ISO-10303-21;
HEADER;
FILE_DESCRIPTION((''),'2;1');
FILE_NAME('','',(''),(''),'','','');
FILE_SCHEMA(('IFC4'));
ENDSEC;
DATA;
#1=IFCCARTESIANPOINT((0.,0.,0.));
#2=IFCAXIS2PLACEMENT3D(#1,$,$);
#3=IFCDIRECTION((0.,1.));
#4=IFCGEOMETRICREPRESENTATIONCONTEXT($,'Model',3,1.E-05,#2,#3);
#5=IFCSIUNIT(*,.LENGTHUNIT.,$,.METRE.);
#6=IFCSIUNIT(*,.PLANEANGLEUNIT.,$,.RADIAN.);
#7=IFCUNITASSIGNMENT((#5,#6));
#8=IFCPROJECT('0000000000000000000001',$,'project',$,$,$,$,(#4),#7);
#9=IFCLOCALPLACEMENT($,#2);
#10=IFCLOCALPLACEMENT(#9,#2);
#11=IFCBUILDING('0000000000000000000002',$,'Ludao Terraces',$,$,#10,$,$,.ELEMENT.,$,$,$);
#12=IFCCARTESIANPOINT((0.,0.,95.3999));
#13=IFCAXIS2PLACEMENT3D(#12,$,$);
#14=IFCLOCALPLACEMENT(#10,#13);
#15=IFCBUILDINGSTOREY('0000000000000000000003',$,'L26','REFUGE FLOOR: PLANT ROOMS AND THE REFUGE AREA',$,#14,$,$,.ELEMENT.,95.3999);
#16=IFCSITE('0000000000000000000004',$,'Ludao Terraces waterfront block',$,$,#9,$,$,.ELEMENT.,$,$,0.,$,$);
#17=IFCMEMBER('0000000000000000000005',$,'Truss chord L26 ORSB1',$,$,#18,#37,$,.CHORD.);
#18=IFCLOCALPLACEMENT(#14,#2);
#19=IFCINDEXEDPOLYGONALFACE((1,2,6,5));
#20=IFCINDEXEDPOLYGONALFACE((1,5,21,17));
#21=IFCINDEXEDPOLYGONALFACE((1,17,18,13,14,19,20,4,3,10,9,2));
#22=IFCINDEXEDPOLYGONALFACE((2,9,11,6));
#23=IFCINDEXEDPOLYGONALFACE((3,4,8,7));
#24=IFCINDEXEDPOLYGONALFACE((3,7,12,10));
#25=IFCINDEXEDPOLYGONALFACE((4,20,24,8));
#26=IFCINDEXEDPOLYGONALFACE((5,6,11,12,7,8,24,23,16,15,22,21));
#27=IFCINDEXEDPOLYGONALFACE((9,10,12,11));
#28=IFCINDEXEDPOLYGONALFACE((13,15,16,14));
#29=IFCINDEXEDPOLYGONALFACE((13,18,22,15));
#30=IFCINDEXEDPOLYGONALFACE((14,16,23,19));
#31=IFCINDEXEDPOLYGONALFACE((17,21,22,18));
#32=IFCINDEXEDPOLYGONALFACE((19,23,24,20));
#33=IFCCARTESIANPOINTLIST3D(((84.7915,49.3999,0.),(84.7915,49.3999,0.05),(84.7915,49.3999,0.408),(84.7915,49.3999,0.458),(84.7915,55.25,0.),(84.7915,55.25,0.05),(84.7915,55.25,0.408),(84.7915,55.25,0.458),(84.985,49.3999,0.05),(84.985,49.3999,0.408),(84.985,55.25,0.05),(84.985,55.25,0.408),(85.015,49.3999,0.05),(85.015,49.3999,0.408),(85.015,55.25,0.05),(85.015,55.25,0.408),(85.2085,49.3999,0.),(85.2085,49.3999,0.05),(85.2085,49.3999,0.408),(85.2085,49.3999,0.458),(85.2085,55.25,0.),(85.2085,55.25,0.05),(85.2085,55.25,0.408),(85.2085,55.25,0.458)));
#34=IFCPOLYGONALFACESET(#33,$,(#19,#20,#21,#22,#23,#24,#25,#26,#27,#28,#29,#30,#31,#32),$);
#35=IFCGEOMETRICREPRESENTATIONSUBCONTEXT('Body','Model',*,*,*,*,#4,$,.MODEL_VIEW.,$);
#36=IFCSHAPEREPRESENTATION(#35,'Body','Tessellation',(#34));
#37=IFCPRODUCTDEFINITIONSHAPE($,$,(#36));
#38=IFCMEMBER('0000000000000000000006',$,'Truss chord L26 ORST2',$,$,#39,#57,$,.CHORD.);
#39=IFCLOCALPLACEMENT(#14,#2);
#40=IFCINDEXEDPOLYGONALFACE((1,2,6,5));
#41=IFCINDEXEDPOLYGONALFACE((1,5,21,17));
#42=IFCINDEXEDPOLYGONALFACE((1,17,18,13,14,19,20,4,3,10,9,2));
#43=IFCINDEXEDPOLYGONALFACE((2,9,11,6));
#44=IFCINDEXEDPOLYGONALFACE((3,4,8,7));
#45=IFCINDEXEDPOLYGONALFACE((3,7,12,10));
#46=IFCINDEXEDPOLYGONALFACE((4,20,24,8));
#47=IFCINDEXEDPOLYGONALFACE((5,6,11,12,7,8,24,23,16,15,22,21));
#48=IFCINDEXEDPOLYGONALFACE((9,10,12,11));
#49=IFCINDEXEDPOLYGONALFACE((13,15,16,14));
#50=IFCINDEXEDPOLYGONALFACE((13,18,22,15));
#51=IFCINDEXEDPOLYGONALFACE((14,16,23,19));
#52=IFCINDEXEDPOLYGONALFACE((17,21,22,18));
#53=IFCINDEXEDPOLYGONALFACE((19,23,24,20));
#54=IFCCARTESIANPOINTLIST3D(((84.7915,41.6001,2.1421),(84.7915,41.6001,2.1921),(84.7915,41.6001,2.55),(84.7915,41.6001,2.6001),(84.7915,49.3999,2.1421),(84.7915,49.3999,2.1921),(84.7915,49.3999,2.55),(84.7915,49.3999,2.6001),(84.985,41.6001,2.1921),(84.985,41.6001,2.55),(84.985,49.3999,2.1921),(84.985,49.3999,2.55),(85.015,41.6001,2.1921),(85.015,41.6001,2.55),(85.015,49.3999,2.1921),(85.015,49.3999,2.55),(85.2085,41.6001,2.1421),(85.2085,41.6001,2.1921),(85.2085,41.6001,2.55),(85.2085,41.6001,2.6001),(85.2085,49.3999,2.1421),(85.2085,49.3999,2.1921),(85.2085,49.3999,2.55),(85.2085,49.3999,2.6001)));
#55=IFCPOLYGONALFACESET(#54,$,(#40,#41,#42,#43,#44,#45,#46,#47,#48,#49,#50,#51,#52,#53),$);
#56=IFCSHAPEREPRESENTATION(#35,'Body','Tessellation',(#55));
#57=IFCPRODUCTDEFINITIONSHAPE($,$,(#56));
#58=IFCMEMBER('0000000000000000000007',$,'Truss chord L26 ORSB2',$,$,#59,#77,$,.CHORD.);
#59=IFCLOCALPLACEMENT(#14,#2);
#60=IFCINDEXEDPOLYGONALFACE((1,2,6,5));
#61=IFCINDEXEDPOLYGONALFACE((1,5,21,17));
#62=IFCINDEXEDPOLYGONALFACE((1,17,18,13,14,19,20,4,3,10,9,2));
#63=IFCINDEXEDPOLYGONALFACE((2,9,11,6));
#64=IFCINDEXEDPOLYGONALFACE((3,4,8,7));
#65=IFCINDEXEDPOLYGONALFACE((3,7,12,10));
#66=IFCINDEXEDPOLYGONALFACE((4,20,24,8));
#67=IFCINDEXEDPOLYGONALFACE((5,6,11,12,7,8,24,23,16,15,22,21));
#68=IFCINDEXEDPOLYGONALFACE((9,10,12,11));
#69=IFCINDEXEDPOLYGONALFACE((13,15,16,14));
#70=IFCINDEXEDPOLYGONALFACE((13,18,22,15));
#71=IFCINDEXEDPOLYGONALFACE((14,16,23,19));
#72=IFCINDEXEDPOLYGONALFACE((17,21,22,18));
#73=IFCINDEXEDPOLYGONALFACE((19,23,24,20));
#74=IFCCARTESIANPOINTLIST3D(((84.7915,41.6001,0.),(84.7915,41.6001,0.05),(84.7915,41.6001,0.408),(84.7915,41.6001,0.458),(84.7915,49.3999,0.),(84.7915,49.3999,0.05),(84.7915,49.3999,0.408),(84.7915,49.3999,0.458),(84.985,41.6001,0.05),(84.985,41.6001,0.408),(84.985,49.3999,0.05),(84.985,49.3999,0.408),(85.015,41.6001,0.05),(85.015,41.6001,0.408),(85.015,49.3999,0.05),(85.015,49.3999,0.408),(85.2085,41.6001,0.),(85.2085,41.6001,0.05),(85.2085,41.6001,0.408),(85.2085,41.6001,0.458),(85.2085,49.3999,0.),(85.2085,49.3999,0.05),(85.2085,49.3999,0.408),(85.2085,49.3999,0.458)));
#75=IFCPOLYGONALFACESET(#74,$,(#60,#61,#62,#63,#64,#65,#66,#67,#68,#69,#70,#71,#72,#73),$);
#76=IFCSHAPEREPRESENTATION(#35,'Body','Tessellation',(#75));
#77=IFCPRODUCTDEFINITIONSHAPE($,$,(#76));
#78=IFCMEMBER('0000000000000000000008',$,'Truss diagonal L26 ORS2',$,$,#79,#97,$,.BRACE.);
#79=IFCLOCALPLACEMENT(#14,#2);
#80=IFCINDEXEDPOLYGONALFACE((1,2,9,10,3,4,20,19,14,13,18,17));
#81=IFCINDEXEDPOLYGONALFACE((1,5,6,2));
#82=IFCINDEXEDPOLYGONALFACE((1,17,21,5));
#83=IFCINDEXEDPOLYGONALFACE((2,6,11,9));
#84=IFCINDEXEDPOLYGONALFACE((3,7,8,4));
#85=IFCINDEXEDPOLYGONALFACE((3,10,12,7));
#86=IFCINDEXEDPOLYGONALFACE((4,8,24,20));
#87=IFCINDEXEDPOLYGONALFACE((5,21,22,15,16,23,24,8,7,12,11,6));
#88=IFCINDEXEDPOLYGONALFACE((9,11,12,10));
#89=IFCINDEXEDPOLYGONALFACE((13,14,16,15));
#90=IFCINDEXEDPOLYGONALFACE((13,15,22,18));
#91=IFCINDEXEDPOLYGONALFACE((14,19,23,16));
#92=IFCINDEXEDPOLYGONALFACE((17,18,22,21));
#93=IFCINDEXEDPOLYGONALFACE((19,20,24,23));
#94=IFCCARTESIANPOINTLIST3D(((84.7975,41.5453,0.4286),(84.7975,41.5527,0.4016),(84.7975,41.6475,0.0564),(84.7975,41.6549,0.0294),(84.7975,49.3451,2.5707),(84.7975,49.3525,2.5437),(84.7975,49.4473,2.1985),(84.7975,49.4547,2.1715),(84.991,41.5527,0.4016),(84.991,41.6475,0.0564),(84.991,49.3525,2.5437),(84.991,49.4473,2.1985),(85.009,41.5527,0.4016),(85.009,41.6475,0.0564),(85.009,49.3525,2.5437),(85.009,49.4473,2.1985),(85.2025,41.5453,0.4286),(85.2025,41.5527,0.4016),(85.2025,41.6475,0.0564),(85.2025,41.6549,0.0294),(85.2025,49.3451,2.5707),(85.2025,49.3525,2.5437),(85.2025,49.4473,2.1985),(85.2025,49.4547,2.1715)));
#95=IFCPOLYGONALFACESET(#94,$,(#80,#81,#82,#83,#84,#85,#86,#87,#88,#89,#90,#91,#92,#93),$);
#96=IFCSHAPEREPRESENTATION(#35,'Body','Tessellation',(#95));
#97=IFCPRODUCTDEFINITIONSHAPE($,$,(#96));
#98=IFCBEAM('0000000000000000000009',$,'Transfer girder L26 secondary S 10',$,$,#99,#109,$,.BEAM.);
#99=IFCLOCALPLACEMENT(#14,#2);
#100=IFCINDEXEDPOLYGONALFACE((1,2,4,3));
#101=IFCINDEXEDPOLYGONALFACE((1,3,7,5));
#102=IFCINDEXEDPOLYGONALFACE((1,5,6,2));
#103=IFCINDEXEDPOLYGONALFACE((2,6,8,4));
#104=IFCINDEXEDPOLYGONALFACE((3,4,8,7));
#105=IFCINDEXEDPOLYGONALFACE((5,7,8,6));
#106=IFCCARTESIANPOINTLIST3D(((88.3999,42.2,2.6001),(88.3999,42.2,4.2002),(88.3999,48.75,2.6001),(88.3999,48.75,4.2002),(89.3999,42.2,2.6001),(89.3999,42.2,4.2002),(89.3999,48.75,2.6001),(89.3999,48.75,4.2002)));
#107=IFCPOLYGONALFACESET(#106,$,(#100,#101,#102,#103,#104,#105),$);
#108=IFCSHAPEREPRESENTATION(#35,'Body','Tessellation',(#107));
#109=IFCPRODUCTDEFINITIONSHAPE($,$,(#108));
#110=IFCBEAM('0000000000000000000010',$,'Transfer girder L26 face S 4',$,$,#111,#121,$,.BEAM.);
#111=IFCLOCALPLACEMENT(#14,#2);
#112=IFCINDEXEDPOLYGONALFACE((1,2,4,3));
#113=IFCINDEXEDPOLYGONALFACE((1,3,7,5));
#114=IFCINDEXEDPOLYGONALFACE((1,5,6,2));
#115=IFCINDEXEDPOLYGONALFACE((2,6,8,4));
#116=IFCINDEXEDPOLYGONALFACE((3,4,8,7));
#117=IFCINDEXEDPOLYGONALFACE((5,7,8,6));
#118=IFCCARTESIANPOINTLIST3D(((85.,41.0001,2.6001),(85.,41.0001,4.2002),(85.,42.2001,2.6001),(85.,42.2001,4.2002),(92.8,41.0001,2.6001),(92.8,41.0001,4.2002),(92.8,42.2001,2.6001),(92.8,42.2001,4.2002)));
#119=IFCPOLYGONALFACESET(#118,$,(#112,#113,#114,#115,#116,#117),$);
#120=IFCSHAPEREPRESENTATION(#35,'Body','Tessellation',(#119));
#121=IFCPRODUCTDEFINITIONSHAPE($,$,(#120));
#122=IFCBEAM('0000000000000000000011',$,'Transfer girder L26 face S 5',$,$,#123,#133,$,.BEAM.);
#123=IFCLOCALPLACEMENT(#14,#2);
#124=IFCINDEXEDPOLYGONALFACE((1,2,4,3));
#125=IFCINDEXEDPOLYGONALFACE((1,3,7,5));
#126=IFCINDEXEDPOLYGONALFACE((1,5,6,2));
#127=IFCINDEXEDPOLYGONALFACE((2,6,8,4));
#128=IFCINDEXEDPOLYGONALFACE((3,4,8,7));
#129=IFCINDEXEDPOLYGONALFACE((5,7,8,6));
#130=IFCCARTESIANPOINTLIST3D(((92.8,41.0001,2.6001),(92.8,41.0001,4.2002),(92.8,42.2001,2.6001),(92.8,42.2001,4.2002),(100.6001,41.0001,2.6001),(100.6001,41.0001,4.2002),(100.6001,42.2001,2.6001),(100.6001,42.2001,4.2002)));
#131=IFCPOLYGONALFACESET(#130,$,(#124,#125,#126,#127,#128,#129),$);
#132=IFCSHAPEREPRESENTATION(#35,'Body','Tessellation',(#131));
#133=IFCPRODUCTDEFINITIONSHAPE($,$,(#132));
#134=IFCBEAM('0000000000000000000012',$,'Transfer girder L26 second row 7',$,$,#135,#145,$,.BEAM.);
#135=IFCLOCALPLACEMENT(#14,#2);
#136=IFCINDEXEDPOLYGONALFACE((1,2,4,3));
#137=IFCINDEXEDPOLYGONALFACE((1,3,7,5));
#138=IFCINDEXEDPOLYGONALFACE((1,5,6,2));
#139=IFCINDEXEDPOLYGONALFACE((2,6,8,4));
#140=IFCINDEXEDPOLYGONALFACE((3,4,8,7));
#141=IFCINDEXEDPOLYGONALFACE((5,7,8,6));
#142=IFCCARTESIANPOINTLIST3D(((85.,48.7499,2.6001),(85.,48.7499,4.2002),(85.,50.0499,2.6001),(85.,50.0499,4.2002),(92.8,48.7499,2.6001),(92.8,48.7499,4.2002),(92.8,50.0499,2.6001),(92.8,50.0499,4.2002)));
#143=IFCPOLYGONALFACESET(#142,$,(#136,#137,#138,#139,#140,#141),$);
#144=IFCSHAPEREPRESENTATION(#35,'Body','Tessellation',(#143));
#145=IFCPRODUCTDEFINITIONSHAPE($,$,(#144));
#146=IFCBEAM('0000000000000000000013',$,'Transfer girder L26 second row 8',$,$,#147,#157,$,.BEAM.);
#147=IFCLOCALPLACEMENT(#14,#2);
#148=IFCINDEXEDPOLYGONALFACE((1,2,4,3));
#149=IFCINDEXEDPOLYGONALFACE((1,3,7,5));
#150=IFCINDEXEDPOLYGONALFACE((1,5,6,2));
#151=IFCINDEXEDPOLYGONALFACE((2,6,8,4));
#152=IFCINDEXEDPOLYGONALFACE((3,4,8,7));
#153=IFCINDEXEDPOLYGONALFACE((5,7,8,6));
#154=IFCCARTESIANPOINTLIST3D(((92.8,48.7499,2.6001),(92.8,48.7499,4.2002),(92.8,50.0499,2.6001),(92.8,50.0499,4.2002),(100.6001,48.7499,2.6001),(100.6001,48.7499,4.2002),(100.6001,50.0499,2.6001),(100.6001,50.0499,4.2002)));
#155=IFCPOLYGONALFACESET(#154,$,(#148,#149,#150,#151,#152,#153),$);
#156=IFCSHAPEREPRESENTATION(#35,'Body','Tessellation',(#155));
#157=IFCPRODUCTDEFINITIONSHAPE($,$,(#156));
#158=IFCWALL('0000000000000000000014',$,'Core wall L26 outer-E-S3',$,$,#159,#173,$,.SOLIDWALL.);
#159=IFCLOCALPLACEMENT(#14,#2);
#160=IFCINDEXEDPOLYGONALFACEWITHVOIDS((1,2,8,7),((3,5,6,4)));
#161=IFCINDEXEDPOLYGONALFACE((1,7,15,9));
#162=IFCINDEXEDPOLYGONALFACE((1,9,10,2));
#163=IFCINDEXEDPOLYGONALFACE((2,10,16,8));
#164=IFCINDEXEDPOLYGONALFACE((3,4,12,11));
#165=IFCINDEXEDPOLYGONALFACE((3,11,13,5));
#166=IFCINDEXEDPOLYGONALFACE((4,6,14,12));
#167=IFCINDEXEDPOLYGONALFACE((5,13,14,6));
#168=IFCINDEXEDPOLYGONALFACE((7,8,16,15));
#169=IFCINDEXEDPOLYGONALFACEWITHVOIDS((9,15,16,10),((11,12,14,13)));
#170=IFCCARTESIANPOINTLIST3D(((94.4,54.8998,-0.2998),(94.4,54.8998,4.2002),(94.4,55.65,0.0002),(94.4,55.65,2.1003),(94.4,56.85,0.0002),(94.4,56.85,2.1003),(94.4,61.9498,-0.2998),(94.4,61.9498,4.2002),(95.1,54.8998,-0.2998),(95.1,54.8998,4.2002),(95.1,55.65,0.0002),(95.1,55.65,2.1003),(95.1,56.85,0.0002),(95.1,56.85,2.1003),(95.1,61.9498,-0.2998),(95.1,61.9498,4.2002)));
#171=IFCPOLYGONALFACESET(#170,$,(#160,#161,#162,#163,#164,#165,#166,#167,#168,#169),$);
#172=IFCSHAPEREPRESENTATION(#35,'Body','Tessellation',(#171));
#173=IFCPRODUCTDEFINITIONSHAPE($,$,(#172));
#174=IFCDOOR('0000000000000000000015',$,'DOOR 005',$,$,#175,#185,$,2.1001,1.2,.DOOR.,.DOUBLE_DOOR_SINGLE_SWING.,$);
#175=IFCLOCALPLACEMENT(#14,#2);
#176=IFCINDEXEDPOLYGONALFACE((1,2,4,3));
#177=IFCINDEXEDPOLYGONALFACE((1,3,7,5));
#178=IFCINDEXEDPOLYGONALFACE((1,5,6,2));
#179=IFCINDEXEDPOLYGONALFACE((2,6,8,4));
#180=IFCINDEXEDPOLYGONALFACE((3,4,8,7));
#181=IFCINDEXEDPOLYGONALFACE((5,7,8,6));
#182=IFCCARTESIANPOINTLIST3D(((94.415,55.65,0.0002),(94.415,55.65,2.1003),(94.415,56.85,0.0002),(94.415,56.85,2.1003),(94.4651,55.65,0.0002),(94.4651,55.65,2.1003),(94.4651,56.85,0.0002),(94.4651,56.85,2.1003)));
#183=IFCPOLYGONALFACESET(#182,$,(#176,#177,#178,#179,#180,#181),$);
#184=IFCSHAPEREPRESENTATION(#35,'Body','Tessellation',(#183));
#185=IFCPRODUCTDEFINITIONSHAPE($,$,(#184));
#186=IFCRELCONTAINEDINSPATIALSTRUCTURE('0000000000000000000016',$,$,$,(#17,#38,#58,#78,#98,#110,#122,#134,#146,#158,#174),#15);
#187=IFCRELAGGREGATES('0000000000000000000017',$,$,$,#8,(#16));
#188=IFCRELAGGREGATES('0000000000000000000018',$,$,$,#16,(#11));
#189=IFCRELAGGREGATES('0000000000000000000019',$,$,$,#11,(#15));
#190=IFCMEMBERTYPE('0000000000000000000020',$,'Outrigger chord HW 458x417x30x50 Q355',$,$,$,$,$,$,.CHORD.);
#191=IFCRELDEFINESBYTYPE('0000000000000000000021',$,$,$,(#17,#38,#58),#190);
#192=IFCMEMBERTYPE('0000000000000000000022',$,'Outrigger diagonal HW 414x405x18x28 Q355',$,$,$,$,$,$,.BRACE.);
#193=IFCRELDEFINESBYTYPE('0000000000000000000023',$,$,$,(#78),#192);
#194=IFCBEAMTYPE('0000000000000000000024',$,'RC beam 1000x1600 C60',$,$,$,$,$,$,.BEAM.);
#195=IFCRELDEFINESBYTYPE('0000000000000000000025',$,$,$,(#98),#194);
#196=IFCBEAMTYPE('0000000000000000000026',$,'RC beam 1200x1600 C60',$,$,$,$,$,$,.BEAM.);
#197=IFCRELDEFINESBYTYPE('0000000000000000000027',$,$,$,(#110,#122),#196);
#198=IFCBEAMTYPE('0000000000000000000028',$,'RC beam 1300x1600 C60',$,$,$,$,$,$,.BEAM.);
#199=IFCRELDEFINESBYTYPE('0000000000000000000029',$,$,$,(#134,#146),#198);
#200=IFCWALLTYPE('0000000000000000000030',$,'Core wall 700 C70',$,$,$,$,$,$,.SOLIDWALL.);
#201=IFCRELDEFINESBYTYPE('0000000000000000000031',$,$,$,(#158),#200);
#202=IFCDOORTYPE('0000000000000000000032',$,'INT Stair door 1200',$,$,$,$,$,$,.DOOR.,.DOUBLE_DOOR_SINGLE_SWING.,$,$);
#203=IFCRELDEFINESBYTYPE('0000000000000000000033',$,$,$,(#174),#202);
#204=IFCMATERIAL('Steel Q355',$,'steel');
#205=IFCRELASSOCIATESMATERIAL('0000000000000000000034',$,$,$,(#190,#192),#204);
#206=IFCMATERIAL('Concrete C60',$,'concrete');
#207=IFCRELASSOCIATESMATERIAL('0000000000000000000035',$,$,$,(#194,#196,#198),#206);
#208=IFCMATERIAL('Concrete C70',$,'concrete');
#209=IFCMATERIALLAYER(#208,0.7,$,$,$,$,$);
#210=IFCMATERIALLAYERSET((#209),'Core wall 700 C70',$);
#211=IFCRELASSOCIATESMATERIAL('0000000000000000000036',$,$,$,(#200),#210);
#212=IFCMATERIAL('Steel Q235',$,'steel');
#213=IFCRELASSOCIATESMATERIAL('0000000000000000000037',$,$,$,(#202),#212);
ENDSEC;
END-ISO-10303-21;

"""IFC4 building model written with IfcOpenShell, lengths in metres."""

from ifc_helpers import new_model, si_unit, direction, frame, frame_2d, origin, origin_2d, place, context, subcontext, project, spatial, rectangle, i_section, extrude, material, layer, layer_set, material_profile, profile_set, type_object, element, fill, save


model = new_model("IFC4")

# Units and contexts
model_context = context("Model", 3, precision=1e-05, world=origin(), true_north=direction((0.0, 1.0)))
body_context = subcontext(model_context, "Body", "Model", "MODEL_VIEW")
ifc_project = project(units=[si_unit("LENGTHUNIT", "METRE"), si_unit("PLANEANGLEUNIT", "RADIAN")], contexts=[model_context])

# Site, building, storey
site_placement = place(None, origin())
site = spatial("IfcSite", under=ifc_project, at=site_placement, Name="Ludao Terraces waterfront block", CompositionType="ELEMENT", RefElevation=0.0)
building_placement = place(site_placement, origin())
building = spatial("IfcBuilding", under=site, at=building_placement, Name="Ludao Terraces", CompositionType="ELEMENT")
storey_placement = place(building_placement, frame((0.0, 0.0, 95.3999)))
storey = spatial("IfcBuildingStorey", under=building, at=storey_placement, Name="L26", Description="REFUGE FLOOR: PLANT ROOMS AND THE REFUGE AREA", CompositionType="ELEMENT", Elevation=95.3999)

# Members
ifc_material_1 = material(Name="Steel Q355", Category="steel")
ifc_material_profile_1 = material_profile(ifc_material_1, i_section(OverallWidth=0.417, OverallDepth=0.458, WebThickness=0.03, FlangeThickness=0.05, at=origin_2d()), Name="HW 458X417X30X50")
ifc_profile_set_1 = profile_set([ifc_material_profile_1], Name="Steel Q355")
member_type_1 = type_object("IfcMemberType", Name="Outrigger chord HW 458x417x30x50 Q355", PredefinedType="CHORD", material=ifc_profile_set_1)
for number, where, z_axis, x_axis, name in (
    (1, (85.0, 55.25, 0.229), (0.0, -1.0, 0.0), (1.0, 0.0, 0.0), "Truss chord L26 ORSB1"),
):
    element("IfcMember", number, at=place(storey_placement, frame(where, z_axis=z_axis, x_axis=x_axis)), inside=storey, type_object=member_type_1, Name=name, PredefinedType="CHORD", context=body_context, shape_type="SweptSolid", body=[
        extrude(i_section(OverallWidth=0.417, OverallDepth=0.458, WebThickness=0.03, FlangeThickness=0.05, at=origin_2d()), origin(), (0.0, 0.0, 1.0), 5.8501),
    ])
for number, where, z_axis, x_axis, name in (
    (2, (85.0, 49.3999, 2.3711), (0.0, -1.0, 0.0), (1.0, 0.0, 0.0), "Truss chord L26 ORST2"),
    (3, (85.0, 49.3999, 0.229), (0.0, -1.0, 0.0), (1.0, 0.0, 0.0), "Truss chord L26 ORSB2"),
):
    element("IfcMember", number, at=place(storey_placement, frame(where, z_axis=z_axis, x_axis=x_axis)), inside=storey, type_object=member_type_1, Name=name, PredefinedType="CHORD", context=body_context, shape_type="SweptSolid", body=[
        extrude(i_section(OverallWidth=0.417, OverallDepth=0.458, WebThickness=0.03, FlangeThickness=0.05, at=origin_2d()), origin(), (0.0, 0.0, 1.0), 7.7998),
    ])
ifc_material_profile_2 = material_profile(ifc_material_1, i_section(OverallWidth=0.405, OverallDepth=0.4141, WebThickness=0.0181, FlangeThickness=0.0281, at=origin_2d()), Name="HW 414X405X18X28")
ifc_profile_set_2 = profile_set([ifc_material_profile_2], Name="Steel Q355")
member_type_2 = type_object("IfcMemberType", Name="Outrigger diagonal HW 414x405x18x28 Q355", PredefinedType="BRACE", material=ifc_profile_set_2)
member_placement = place(storey_placement, frame((85.0, 49.3999, 2.3711), z_axis=(0.0, -0.964296, -0.264828), x_axis=(1.0, 0.0, 0.0)))
element("IfcMember", 4, at=member_placement, inside=storey, type_object=member_type_2, Name="Truss diagonal L26 ORS2", PredefinedType="BRACE", context=body_context, shape_type="SweptSolid", body=[
    extrude(i_section(OverallWidth=0.405, OverallDepth=0.4141, WebThickness=0.0181, FlangeThickness=0.0281, at=origin_2d()), origin(), (0.0, 0.0, 1.0), 8.0886),
])

# Beams
ifc_material_2 = material(Name="Concrete C60", Category="concrete")
ifc_material_profile_3 = material_profile(ifc_material_2, rectangle(XDim=1.0, YDim=1.6001, at=origin_2d()), Name="1000 X 1600")
ifc_profile_set_3 = profile_set([ifc_material_profile_3], Name="Concrete C60")
beam_type_1 = type_object("IfcBeamType", Name="RC beam 1000x1600 C60", PredefinedType="BEAM", material=ifc_profile_set_3)
beam_placement = place(storey_placement, frame((88.8999, 42.2, 3.4001), z_axis=(0.0, 1.0, 0.0), x_axis=(-1.0, 0.0, 0.0)))
element("IfcBeam", 5, at=beam_placement, inside=storey, type_object=beam_type_1, Name="Transfer girder L26 secondary S 10", PredefinedType="BEAM", context=body_context, shape_type="SweptSolid", body=[
    extrude(rectangle(XDim=1.0, YDim=1.6001, at=origin_2d()), origin(), (0.0, 0.0, 1.0), 6.55),
])
ifc_material_profile_4 = material_profile(ifc_material_2, rectangle(XDim=1.2, YDim=1.6001, at=origin_2d()), Name="1200 X 1600")
ifc_profile_set_4 = profile_set([ifc_material_profile_4], Name="Concrete C60")
beam_type_2 = type_object("IfcBeamType", Name="RC beam 1200x1600 C60", PredefinedType="BEAM", material=ifc_profile_set_4)
for number, where, z_axis, x_axis, name in (
    (6, (85.0, 41.6001, 3.4001), (1.0, 0.0, 0.0), (0.0, 1.0, 0.0), "Transfer girder L26 face S 4"),
    (7, (92.8, 41.6001, 3.4001), (1.0, 0.0, 0.0), (0.0, 1.0, 0.0), "Transfer girder L26 face S 5"),
):
    element("IfcBeam", number, at=place(storey_placement, frame(where, z_axis=z_axis, x_axis=x_axis)), inside=storey, type_object=beam_type_2, Name=name, PredefinedType="BEAM", context=body_context, shape_type="SweptSolid", body=[
        extrude(rectangle(XDim=1.2, YDim=1.6001, at=origin_2d()), origin(), (0.0, 0.0, 1.0), 7.8),
    ])
ifc_material_profile_5 = material_profile(ifc_material_2, rectangle(XDim=1.3, YDim=1.6001, at=origin_2d()), Name="1300 X 1600")
ifc_profile_set_5 = profile_set([ifc_material_profile_5], Name="Concrete C60")
beam_type_3 = type_object("IfcBeamType", Name="RC beam 1300x1600 C60", PredefinedType="BEAM", material=ifc_profile_set_5)
for number, where, z_axis, x_axis, name in (
    (8, (85.0, 49.3999, 3.4001), (1.0, 0.0, 0.0), (0.0, 1.0, 0.0), "Transfer girder L26 second row 7"),
    (9, (92.8, 49.3999, 3.4001), (1.0, 0.0, 0.0), (0.0, 1.0, 0.0), "Transfer girder L26 second row 8"),
):
    element("IfcBeam", number, at=place(storey_placement, frame(where, z_axis=z_axis, x_axis=x_axis)), inside=storey, type_object=beam_type_3, Name=name, PredefinedType="BEAM", context=body_context, shape_type="SweptSolid", body=[
        extrude(rectangle(XDim=1.3, YDim=1.6001, at=origin_2d()), origin(), (0.0, 0.0, 1.0), 7.8),
    ])

# Wall, opening, door
ifc_material_3 = material(Name="Concrete C70", Category="concrete")
ifc_layer = layer(ifc_material_3, 0.7)
ifc_layer_set = layer_set([ifc_layer], Name="Core wall 700 C70")
wall_type = type_object("IfcWallType", Name="Core wall 700 C70", PredefinedType="SOLIDWALL", material=ifc_layer_set)
wall_placement = place(storey_placement, frame((94.75, 54.8999, -0.2998), z_axis=(0.0, 0.0, 1.0), x_axis=(0.0, 1.0, 0.0)))
wall = element("IfcWall", 10, at=wall_placement, inside=storey, type_object=wall_type, Name="Core wall L26 outer-E-S3", PredefinedType="SOLIDWALL", context=body_context, shape_type="SweptSolid", body=[
    extrude(rectangle(XDim=7.05, YDim=0.7, at=frame_2d((3.5249, 0.0))), origin(), (0.0, 0.0, 1.0), 4.5),
])
opening_placement = place(wall_placement, frame((0.75, 0.0, 0.3)))
opening = element("IfcOpeningElement", 11, at=opening_placement, cuts=wall, PredefinedType="OPENING", context=body_context, shape_type="SweptSolid", body=[
    extrude(rectangle(XDim=1.2, YDim=2.1001, at=frame_2d((0.6001, 1.05))), frame((0.0, 0.3599, 0.0), z_axis=(0.0, -1.0, 0.0), x_axis=(1.0, 0.0, 0.0)), (0.0, 0.0, 1.0), 0.72),
])
ifc_material_4 = material(Name="Steel Q235", Category="steel")
door_type = type_object("IfcDoorType", Name="INT Stair door 1200", OperationType="DOUBLE_DOOR_SINGLE_SWING", PredefinedType="DOOR", material=ifc_material_4)
door_placement = place(opening_placement, origin())
door = element("IfcDoor", 12, at=door_placement, inside=storey, type_object=door_type, Name="DOOR 005", OperationType="DOUBLE_DOOR_SINGLE_SWING", OverallHeight=2.1001, OverallWidth=1.2, PredefinedType="DOOR", context=body_context, shape_type="SweptSolid", body=[
    extrude(rectangle(XDim=1.2, YDim=2.1001, at=frame_2d((0.6001, 1.05))), frame((0.0, 0.335, 0.0), z_axis=(0.0, -1.0, 0.0), x_axis=(1.0, 0.0, 0.0)), (0.0, 0.0, 1.0), 0.05),
])
fill(opening, door)

save(model, "model.ifc")
